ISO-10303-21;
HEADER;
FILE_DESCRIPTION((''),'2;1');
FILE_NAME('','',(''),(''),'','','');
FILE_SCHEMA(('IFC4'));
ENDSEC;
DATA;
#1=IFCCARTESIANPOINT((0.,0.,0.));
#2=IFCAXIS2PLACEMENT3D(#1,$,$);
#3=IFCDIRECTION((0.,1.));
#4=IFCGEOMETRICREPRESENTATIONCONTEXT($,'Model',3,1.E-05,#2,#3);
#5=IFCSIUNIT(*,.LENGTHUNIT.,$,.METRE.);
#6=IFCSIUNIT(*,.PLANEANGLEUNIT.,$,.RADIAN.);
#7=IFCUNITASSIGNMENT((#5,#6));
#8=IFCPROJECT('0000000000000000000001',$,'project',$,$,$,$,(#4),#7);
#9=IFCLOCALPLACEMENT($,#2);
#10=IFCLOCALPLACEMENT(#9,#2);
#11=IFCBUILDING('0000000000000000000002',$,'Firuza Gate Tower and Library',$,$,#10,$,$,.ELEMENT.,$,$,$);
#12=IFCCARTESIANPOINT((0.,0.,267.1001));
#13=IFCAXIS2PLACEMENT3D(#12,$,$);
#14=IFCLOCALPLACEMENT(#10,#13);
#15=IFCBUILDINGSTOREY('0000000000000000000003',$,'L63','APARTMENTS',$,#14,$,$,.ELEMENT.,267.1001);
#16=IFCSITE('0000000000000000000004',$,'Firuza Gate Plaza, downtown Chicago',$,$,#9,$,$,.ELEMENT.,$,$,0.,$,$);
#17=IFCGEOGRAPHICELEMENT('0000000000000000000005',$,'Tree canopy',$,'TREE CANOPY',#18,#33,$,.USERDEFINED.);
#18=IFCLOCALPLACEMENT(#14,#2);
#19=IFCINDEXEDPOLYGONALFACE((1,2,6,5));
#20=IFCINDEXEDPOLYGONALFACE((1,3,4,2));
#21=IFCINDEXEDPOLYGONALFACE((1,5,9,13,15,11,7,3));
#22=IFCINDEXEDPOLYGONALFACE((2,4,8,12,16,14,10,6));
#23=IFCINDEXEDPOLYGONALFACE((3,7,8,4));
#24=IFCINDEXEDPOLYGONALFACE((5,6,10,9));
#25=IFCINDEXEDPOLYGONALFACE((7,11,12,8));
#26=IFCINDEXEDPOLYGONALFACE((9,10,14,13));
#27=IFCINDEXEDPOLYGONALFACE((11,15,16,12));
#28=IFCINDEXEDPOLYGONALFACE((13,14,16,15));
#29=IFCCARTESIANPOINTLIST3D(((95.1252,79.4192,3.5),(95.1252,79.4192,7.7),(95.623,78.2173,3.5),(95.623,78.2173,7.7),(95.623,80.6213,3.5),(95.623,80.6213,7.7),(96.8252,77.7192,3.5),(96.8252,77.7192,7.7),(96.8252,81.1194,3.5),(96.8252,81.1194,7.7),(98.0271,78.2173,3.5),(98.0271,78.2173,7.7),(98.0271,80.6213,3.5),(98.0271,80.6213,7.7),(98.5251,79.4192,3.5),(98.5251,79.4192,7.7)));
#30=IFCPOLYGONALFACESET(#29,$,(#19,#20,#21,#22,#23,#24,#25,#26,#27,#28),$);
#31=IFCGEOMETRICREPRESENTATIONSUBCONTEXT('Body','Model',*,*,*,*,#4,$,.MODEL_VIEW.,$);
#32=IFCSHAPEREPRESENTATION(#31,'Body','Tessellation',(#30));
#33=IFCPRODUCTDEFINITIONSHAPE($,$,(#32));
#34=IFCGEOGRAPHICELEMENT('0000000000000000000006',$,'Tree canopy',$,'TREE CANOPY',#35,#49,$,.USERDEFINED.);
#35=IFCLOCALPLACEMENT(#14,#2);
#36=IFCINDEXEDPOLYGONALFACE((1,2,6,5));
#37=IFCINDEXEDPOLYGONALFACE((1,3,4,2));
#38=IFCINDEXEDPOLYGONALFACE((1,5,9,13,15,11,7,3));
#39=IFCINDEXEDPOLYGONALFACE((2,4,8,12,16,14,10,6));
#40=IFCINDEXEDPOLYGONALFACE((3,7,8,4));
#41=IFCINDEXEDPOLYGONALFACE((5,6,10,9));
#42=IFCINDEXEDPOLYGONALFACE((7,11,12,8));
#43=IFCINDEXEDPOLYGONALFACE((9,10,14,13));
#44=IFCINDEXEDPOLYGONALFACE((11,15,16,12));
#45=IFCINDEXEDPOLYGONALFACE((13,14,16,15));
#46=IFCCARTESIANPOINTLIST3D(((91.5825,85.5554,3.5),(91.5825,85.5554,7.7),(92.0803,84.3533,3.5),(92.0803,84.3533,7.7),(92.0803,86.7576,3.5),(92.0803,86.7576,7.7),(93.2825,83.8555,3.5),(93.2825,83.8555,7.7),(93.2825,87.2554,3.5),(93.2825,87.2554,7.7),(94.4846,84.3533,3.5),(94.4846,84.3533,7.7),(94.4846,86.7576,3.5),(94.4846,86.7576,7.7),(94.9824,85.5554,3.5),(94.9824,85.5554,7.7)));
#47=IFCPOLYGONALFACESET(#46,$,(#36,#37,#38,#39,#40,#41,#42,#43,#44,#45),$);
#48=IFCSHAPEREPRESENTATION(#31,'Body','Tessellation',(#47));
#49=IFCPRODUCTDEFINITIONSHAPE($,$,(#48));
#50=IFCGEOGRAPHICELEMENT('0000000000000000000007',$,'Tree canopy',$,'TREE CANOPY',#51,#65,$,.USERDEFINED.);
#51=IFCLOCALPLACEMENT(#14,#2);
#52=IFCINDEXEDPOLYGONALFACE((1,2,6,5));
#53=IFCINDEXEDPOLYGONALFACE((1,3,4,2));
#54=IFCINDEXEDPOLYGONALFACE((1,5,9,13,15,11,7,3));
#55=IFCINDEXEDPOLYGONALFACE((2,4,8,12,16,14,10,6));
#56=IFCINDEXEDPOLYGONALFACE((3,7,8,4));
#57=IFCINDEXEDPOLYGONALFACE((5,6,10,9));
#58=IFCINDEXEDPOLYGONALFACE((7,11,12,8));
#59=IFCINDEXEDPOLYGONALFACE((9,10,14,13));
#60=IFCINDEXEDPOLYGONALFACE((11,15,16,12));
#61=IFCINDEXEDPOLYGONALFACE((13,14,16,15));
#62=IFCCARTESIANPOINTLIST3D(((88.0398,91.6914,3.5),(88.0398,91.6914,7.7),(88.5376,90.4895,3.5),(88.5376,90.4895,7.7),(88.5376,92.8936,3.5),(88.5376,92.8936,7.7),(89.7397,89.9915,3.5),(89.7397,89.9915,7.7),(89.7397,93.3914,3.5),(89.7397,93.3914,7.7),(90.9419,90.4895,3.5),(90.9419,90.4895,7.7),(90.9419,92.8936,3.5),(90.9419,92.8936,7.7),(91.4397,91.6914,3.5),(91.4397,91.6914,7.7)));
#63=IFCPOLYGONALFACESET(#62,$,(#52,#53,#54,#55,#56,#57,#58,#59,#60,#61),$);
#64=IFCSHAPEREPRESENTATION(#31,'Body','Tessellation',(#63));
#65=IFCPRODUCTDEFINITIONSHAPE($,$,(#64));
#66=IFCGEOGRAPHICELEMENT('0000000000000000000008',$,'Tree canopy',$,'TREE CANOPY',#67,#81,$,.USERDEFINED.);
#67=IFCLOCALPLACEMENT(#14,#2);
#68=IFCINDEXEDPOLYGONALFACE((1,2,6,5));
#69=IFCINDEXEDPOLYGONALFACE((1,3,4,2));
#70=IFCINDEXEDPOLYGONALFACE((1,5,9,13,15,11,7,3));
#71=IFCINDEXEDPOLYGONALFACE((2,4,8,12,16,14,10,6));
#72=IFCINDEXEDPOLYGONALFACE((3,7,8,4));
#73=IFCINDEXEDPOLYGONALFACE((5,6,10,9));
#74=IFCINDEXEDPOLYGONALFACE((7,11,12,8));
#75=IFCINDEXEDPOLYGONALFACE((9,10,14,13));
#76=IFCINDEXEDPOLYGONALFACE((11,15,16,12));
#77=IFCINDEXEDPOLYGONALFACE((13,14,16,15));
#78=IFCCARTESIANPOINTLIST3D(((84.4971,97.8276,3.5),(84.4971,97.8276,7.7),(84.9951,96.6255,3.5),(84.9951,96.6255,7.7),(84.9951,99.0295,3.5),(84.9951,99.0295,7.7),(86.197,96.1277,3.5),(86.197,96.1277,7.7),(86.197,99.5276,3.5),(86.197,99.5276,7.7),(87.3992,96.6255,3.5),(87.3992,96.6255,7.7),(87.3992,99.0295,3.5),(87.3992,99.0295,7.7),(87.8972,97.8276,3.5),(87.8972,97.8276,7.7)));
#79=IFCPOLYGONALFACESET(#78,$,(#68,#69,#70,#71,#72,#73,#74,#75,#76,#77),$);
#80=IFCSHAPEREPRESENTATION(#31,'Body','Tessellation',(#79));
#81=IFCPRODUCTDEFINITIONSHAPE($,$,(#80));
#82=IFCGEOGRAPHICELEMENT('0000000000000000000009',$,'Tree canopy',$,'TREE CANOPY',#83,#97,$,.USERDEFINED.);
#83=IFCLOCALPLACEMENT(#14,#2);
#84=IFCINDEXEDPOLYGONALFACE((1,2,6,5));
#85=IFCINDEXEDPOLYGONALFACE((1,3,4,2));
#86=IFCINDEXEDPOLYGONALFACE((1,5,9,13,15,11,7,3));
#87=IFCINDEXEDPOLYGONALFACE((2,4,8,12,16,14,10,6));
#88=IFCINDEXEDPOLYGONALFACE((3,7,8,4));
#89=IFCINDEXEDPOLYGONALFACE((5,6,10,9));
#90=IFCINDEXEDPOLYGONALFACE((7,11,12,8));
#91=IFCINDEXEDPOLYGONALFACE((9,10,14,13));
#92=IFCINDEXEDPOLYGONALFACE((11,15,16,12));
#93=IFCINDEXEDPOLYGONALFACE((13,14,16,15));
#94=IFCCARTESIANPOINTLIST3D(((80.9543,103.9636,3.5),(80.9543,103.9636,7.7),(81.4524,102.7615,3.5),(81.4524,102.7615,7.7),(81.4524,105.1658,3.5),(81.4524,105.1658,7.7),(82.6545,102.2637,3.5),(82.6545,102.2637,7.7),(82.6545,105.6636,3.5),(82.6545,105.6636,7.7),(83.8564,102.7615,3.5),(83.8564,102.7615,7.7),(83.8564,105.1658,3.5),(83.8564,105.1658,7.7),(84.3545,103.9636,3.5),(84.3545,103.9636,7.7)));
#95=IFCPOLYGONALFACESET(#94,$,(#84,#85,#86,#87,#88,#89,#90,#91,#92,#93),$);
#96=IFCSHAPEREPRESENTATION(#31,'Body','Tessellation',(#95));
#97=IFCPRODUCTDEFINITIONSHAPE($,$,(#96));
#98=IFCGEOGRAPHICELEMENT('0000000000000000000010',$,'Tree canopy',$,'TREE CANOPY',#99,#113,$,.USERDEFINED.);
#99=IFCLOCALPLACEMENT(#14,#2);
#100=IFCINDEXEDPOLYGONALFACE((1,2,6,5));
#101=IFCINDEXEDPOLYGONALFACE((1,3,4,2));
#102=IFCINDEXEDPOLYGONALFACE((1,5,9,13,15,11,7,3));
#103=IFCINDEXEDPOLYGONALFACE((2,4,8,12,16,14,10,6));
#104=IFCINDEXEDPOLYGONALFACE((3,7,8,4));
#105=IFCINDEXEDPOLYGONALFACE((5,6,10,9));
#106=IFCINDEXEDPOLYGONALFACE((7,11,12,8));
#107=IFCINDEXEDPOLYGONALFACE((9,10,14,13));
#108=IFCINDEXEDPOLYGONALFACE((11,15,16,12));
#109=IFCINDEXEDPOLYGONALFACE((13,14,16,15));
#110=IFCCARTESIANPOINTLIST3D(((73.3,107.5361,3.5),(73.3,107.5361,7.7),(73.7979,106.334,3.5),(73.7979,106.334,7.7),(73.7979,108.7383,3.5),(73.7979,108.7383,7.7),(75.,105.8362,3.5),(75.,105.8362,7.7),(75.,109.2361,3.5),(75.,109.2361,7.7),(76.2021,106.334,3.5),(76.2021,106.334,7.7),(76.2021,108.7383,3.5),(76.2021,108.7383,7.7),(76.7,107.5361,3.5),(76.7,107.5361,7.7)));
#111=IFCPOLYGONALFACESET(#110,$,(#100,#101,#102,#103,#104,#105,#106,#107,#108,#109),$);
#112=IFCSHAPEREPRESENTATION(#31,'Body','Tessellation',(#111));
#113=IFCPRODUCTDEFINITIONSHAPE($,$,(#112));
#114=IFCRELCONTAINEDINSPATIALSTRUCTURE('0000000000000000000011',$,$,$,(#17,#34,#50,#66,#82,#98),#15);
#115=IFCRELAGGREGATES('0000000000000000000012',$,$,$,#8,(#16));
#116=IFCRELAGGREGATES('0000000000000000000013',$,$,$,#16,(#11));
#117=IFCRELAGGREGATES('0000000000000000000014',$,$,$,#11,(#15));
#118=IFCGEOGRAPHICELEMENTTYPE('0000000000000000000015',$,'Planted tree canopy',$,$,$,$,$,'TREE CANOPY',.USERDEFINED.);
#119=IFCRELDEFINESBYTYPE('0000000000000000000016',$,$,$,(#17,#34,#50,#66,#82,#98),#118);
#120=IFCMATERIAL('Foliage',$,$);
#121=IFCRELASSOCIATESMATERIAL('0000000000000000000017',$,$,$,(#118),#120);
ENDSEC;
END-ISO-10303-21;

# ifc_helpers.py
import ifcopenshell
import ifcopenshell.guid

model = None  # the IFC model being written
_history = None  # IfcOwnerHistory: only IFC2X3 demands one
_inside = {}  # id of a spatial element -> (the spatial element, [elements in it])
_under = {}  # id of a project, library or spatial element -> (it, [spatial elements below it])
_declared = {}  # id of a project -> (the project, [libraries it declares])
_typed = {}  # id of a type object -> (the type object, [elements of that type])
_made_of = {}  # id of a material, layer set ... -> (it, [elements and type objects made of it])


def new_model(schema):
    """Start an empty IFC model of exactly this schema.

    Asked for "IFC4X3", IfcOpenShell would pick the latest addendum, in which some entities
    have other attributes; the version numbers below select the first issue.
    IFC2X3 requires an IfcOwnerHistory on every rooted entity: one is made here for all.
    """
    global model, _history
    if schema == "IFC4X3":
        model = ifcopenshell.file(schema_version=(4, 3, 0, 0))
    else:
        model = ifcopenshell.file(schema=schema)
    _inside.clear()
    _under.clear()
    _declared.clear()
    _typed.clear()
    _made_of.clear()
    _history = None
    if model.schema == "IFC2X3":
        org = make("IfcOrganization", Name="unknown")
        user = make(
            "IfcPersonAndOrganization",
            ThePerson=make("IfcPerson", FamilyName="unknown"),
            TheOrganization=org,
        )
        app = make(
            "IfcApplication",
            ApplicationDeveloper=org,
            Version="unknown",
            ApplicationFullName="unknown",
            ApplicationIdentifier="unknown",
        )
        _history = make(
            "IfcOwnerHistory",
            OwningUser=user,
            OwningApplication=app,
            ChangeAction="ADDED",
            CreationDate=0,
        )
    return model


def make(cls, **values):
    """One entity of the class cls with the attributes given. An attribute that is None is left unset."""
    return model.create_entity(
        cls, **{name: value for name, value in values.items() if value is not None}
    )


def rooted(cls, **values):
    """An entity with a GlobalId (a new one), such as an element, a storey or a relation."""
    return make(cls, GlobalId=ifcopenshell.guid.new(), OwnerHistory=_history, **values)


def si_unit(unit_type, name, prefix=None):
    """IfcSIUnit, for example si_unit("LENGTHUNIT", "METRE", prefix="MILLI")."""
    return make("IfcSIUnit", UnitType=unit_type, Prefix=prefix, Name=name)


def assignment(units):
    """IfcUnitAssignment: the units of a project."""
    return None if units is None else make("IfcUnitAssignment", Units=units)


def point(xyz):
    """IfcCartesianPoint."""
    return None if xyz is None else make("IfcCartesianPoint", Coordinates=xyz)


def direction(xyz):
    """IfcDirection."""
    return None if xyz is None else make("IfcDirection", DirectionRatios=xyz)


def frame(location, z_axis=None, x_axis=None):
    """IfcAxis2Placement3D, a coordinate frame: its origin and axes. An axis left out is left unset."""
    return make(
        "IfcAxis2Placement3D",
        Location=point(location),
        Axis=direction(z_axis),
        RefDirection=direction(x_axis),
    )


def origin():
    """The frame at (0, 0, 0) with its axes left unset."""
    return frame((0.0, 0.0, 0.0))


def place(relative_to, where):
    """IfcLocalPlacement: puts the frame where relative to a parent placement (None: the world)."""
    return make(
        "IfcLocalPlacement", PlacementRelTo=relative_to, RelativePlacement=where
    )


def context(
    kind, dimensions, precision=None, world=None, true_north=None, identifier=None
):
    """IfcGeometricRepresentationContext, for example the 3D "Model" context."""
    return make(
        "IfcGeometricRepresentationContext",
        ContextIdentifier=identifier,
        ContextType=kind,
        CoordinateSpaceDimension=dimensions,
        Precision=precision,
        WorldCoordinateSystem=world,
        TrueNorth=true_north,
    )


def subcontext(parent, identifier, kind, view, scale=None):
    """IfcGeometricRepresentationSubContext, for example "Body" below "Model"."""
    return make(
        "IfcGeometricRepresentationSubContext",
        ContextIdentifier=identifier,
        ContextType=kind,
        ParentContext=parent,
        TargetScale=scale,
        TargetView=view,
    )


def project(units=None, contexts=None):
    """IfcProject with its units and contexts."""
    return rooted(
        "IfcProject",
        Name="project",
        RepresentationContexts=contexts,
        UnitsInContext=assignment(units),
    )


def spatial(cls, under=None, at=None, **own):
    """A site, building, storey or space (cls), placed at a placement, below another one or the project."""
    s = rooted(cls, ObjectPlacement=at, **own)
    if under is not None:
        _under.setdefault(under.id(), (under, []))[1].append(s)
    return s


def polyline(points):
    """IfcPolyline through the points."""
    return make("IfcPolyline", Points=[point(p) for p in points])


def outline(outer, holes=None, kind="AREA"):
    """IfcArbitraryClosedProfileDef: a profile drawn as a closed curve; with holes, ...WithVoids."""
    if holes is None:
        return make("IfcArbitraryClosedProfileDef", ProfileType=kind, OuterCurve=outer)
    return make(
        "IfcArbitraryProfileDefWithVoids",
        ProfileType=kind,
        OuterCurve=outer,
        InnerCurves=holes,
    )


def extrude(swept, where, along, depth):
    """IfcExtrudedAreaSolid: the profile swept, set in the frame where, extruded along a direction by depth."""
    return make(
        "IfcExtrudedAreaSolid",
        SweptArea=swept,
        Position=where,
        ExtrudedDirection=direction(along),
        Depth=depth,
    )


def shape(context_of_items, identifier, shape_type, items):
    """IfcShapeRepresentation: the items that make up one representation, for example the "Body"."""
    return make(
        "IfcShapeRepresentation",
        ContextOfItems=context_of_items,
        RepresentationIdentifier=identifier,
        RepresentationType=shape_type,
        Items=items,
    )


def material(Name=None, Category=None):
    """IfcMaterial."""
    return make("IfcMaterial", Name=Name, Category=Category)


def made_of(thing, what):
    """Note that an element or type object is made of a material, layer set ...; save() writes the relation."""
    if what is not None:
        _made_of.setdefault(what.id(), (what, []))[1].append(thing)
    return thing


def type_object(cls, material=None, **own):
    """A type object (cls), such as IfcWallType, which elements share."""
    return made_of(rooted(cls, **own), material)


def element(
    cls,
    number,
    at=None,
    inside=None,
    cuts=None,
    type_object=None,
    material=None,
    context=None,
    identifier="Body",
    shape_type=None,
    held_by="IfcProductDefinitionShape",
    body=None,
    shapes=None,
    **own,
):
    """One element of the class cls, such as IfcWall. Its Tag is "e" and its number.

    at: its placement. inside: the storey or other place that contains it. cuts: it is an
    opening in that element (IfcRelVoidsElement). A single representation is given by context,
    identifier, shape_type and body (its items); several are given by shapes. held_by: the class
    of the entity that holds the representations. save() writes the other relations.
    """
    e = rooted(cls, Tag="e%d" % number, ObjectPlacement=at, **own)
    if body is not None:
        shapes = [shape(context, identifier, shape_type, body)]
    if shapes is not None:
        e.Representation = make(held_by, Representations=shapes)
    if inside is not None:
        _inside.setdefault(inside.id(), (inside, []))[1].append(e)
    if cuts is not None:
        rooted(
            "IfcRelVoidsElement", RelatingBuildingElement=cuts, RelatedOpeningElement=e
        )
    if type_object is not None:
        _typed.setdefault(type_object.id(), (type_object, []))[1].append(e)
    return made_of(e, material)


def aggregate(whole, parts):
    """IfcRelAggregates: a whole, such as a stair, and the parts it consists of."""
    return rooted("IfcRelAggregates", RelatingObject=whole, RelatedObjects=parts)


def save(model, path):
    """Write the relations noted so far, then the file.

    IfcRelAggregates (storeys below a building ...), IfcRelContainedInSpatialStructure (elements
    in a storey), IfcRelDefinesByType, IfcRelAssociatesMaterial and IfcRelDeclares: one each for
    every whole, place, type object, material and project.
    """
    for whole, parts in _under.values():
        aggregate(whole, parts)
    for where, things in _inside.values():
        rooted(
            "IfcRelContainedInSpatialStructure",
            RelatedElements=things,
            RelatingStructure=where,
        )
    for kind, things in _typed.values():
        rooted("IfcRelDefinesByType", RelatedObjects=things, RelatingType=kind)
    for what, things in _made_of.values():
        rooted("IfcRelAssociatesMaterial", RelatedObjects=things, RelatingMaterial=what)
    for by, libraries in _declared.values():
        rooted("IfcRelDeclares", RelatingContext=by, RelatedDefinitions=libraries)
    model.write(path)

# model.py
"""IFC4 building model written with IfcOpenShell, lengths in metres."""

from ifc_helpers import new_model, si_unit, direction, frame, origin, place, context, subcontext, project, spatial, polyline, outline, extrude, material, type_object, element, save


model = new_model("IFC4")

# Units and contexts
model_context = context("Model", 3, precision=1e-05, world=origin(), true_north=direction((0.0, 1.0)))
body_context = subcontext(model_context, "Body", "Model", "MODEL_VIEW")
ifc_project = project(units=[si_unit("LENGTHUNIT", "METRE"), si_unit("PLANEANGLEUNIT", "RADIAN")], contexts=[model_context])

# Site, building, storey
site_placement = place(None, origin())
site = spatial("IfcSite", under=ifc_project, at=site_placement, Name="Firuza Gate Plaza, downtown Chicago", CompositionType="ELEMENT", RefElevation=0.0)
building_placement = place(site_placement, origin())
building = spatial("IfcBuilding", under=site, at=building_placement, Name="Firuza Gate Tower and Library", CompositionType="ELEMENT")
storey_placement = place(building_placement, frame((0.0, 0.0, 267.1001)))
storey = spatial("IfcBuildingStorey", under=building, at=storey_placement, Name="L63", Description="APARTMENTS", CompositionType="ELEMENT", Elevation=267.1001)

# Shared definitions
placement_1 = place(storey_placement, frame((0.0, 0.0, 3.5)))

# Geographic elements
ifc_material_1 = material(Name="Foliage")
geographic_element_type = type_object("IfcGeographicElementType", Name="Planted tree canopy", ElementType="TREE CANOPY", PredefinedType="USERDEFINED", material=ifc_material_1)
element("IfcGeographicElement", 1, at=placement_1, inside=storey, type_object=geographic_element_type, Name="Tree canopy", ObjectType="TREE CANOPY", PredefinedType="USERDEFINED", context=body_context, shape_type="SweptSolid", body=[
    extrude(outline(polyline([(98.5251, 79.4192), (98.0271, 80.6213), (96.8252, 81.1194), (95.623, 80.6213), (95.1252, 79.4192), (95.623, 78.2173), (96.8252, 77.7192), (98.0271, 78.2173), (98.5251, 79.4192)])), origin(), (0.0, 0.0, 1.0), 4.2),
])
element("IfcGeographicElement", 2, at=placement_1, inside=storey, type_object=geographic_element_type, Name="Tree canopy", ObjectType="TREE CANOPY", PredefinedType="USERDEFINED", context=body_context, shape_type="SweptSolid", body=[
    extrude(outline(polyline([(94.9824, 85.5554), (94.4846, 86.7576), (93.2825, 87.2554), (92.0803, 86.7576), (91.5825, 85.5554), (92.0803, 84.3533), (93.2825, 83.8555), (94.4846, 84.3533), (94.9824, 85.5554)])), origin(), (0.0, 0.0, 1.0), 4.2),
])
element("IfcGeographicElement", 3, at=placement_1, inside=storey, type_object=geographic_element_type, Name="Tree canopy", ObjectType="TREE CANOPY", PredefinedType="USERDEFINED", context=body_context, shape_type="SweptSolid", body=[
    extrude(outline(polyline([(91.4397, 91.6914), (90.9419, 92.8936), (89.7397, 93.3914), (88.5376, 92.8936), (88.0398, 91.6914), (88.5376, 90.4895), (89.7397, 89.9915), (90.9419, 90.4895), (91.4397, 91.6914)])), origin(), (0.0, 0.0, 1.0), 4.2),
])
element("IfcGeographicElement", 4, at=placement_1, inside=storey, type_object=geographic_element_type, Name="Tree canopy", ObjectType="TREE CANOPY", PredefinedType="USERDEFINED", context=body_context, shape_type="SweptSolid", body=[
    extrude(outline(polyline([(87.8972, 97.8276), (87.3992, 99.0295), (86.197, 99.5276), (84.9951, 99.0295), (84.4971, 97.8276), (84.9951, 96.6255), (86.197, 96.1277), (87.3992, 96.6255), (87.8972, 97.8276)])), origin(), (0.0, 0.0, 1.0), 4.2),
])
element("IfcGeographicElement", 5, at=placement_1, inside=storey, type_object=geographic_element_type, Name="Tree canopy", ObjectType="TREE CANOPY", PredefinedType="USERDEFINED", context=body_context, shape_type="SweptSolid", body=[
    extrude(outline(polyline([(84.3545, 103.9636), (83.8564, 105.1658), (82.6545, 105.6636), (81.4524, 105.1658), (80.9543, 103.9636), (81.4524, 102.7615), (82.6545, 102.2637), (83.8564, 102.7615), (84.3545, 103.9636)])), origin(), (0.0, 0.0, 1.0), 4.2),
])
element("IfcGeographicElement", 6, at=placement_1, inside=storey, type_object=geographic_element_type, Name="Tree canopy", ObjectType="TREE CANOPY", PredefinedType="USERDEFINED", context=body_context, shape_type="SweptSolid", body=[
    extrude(outline(polyline([(76.7, 107.5361), (76.2021, 108.7383), (75.0, 109.2361), (73.7979, 108.7383), (73.3, 107.5361), (73.7979, 106.334), (75.0, 105.8362), (76.2021, 106.334), (76.7, 107.5361)])), origin(), (0.0, 0.0, 1.0), 4.2),
])

save(model, "model.ifc")
